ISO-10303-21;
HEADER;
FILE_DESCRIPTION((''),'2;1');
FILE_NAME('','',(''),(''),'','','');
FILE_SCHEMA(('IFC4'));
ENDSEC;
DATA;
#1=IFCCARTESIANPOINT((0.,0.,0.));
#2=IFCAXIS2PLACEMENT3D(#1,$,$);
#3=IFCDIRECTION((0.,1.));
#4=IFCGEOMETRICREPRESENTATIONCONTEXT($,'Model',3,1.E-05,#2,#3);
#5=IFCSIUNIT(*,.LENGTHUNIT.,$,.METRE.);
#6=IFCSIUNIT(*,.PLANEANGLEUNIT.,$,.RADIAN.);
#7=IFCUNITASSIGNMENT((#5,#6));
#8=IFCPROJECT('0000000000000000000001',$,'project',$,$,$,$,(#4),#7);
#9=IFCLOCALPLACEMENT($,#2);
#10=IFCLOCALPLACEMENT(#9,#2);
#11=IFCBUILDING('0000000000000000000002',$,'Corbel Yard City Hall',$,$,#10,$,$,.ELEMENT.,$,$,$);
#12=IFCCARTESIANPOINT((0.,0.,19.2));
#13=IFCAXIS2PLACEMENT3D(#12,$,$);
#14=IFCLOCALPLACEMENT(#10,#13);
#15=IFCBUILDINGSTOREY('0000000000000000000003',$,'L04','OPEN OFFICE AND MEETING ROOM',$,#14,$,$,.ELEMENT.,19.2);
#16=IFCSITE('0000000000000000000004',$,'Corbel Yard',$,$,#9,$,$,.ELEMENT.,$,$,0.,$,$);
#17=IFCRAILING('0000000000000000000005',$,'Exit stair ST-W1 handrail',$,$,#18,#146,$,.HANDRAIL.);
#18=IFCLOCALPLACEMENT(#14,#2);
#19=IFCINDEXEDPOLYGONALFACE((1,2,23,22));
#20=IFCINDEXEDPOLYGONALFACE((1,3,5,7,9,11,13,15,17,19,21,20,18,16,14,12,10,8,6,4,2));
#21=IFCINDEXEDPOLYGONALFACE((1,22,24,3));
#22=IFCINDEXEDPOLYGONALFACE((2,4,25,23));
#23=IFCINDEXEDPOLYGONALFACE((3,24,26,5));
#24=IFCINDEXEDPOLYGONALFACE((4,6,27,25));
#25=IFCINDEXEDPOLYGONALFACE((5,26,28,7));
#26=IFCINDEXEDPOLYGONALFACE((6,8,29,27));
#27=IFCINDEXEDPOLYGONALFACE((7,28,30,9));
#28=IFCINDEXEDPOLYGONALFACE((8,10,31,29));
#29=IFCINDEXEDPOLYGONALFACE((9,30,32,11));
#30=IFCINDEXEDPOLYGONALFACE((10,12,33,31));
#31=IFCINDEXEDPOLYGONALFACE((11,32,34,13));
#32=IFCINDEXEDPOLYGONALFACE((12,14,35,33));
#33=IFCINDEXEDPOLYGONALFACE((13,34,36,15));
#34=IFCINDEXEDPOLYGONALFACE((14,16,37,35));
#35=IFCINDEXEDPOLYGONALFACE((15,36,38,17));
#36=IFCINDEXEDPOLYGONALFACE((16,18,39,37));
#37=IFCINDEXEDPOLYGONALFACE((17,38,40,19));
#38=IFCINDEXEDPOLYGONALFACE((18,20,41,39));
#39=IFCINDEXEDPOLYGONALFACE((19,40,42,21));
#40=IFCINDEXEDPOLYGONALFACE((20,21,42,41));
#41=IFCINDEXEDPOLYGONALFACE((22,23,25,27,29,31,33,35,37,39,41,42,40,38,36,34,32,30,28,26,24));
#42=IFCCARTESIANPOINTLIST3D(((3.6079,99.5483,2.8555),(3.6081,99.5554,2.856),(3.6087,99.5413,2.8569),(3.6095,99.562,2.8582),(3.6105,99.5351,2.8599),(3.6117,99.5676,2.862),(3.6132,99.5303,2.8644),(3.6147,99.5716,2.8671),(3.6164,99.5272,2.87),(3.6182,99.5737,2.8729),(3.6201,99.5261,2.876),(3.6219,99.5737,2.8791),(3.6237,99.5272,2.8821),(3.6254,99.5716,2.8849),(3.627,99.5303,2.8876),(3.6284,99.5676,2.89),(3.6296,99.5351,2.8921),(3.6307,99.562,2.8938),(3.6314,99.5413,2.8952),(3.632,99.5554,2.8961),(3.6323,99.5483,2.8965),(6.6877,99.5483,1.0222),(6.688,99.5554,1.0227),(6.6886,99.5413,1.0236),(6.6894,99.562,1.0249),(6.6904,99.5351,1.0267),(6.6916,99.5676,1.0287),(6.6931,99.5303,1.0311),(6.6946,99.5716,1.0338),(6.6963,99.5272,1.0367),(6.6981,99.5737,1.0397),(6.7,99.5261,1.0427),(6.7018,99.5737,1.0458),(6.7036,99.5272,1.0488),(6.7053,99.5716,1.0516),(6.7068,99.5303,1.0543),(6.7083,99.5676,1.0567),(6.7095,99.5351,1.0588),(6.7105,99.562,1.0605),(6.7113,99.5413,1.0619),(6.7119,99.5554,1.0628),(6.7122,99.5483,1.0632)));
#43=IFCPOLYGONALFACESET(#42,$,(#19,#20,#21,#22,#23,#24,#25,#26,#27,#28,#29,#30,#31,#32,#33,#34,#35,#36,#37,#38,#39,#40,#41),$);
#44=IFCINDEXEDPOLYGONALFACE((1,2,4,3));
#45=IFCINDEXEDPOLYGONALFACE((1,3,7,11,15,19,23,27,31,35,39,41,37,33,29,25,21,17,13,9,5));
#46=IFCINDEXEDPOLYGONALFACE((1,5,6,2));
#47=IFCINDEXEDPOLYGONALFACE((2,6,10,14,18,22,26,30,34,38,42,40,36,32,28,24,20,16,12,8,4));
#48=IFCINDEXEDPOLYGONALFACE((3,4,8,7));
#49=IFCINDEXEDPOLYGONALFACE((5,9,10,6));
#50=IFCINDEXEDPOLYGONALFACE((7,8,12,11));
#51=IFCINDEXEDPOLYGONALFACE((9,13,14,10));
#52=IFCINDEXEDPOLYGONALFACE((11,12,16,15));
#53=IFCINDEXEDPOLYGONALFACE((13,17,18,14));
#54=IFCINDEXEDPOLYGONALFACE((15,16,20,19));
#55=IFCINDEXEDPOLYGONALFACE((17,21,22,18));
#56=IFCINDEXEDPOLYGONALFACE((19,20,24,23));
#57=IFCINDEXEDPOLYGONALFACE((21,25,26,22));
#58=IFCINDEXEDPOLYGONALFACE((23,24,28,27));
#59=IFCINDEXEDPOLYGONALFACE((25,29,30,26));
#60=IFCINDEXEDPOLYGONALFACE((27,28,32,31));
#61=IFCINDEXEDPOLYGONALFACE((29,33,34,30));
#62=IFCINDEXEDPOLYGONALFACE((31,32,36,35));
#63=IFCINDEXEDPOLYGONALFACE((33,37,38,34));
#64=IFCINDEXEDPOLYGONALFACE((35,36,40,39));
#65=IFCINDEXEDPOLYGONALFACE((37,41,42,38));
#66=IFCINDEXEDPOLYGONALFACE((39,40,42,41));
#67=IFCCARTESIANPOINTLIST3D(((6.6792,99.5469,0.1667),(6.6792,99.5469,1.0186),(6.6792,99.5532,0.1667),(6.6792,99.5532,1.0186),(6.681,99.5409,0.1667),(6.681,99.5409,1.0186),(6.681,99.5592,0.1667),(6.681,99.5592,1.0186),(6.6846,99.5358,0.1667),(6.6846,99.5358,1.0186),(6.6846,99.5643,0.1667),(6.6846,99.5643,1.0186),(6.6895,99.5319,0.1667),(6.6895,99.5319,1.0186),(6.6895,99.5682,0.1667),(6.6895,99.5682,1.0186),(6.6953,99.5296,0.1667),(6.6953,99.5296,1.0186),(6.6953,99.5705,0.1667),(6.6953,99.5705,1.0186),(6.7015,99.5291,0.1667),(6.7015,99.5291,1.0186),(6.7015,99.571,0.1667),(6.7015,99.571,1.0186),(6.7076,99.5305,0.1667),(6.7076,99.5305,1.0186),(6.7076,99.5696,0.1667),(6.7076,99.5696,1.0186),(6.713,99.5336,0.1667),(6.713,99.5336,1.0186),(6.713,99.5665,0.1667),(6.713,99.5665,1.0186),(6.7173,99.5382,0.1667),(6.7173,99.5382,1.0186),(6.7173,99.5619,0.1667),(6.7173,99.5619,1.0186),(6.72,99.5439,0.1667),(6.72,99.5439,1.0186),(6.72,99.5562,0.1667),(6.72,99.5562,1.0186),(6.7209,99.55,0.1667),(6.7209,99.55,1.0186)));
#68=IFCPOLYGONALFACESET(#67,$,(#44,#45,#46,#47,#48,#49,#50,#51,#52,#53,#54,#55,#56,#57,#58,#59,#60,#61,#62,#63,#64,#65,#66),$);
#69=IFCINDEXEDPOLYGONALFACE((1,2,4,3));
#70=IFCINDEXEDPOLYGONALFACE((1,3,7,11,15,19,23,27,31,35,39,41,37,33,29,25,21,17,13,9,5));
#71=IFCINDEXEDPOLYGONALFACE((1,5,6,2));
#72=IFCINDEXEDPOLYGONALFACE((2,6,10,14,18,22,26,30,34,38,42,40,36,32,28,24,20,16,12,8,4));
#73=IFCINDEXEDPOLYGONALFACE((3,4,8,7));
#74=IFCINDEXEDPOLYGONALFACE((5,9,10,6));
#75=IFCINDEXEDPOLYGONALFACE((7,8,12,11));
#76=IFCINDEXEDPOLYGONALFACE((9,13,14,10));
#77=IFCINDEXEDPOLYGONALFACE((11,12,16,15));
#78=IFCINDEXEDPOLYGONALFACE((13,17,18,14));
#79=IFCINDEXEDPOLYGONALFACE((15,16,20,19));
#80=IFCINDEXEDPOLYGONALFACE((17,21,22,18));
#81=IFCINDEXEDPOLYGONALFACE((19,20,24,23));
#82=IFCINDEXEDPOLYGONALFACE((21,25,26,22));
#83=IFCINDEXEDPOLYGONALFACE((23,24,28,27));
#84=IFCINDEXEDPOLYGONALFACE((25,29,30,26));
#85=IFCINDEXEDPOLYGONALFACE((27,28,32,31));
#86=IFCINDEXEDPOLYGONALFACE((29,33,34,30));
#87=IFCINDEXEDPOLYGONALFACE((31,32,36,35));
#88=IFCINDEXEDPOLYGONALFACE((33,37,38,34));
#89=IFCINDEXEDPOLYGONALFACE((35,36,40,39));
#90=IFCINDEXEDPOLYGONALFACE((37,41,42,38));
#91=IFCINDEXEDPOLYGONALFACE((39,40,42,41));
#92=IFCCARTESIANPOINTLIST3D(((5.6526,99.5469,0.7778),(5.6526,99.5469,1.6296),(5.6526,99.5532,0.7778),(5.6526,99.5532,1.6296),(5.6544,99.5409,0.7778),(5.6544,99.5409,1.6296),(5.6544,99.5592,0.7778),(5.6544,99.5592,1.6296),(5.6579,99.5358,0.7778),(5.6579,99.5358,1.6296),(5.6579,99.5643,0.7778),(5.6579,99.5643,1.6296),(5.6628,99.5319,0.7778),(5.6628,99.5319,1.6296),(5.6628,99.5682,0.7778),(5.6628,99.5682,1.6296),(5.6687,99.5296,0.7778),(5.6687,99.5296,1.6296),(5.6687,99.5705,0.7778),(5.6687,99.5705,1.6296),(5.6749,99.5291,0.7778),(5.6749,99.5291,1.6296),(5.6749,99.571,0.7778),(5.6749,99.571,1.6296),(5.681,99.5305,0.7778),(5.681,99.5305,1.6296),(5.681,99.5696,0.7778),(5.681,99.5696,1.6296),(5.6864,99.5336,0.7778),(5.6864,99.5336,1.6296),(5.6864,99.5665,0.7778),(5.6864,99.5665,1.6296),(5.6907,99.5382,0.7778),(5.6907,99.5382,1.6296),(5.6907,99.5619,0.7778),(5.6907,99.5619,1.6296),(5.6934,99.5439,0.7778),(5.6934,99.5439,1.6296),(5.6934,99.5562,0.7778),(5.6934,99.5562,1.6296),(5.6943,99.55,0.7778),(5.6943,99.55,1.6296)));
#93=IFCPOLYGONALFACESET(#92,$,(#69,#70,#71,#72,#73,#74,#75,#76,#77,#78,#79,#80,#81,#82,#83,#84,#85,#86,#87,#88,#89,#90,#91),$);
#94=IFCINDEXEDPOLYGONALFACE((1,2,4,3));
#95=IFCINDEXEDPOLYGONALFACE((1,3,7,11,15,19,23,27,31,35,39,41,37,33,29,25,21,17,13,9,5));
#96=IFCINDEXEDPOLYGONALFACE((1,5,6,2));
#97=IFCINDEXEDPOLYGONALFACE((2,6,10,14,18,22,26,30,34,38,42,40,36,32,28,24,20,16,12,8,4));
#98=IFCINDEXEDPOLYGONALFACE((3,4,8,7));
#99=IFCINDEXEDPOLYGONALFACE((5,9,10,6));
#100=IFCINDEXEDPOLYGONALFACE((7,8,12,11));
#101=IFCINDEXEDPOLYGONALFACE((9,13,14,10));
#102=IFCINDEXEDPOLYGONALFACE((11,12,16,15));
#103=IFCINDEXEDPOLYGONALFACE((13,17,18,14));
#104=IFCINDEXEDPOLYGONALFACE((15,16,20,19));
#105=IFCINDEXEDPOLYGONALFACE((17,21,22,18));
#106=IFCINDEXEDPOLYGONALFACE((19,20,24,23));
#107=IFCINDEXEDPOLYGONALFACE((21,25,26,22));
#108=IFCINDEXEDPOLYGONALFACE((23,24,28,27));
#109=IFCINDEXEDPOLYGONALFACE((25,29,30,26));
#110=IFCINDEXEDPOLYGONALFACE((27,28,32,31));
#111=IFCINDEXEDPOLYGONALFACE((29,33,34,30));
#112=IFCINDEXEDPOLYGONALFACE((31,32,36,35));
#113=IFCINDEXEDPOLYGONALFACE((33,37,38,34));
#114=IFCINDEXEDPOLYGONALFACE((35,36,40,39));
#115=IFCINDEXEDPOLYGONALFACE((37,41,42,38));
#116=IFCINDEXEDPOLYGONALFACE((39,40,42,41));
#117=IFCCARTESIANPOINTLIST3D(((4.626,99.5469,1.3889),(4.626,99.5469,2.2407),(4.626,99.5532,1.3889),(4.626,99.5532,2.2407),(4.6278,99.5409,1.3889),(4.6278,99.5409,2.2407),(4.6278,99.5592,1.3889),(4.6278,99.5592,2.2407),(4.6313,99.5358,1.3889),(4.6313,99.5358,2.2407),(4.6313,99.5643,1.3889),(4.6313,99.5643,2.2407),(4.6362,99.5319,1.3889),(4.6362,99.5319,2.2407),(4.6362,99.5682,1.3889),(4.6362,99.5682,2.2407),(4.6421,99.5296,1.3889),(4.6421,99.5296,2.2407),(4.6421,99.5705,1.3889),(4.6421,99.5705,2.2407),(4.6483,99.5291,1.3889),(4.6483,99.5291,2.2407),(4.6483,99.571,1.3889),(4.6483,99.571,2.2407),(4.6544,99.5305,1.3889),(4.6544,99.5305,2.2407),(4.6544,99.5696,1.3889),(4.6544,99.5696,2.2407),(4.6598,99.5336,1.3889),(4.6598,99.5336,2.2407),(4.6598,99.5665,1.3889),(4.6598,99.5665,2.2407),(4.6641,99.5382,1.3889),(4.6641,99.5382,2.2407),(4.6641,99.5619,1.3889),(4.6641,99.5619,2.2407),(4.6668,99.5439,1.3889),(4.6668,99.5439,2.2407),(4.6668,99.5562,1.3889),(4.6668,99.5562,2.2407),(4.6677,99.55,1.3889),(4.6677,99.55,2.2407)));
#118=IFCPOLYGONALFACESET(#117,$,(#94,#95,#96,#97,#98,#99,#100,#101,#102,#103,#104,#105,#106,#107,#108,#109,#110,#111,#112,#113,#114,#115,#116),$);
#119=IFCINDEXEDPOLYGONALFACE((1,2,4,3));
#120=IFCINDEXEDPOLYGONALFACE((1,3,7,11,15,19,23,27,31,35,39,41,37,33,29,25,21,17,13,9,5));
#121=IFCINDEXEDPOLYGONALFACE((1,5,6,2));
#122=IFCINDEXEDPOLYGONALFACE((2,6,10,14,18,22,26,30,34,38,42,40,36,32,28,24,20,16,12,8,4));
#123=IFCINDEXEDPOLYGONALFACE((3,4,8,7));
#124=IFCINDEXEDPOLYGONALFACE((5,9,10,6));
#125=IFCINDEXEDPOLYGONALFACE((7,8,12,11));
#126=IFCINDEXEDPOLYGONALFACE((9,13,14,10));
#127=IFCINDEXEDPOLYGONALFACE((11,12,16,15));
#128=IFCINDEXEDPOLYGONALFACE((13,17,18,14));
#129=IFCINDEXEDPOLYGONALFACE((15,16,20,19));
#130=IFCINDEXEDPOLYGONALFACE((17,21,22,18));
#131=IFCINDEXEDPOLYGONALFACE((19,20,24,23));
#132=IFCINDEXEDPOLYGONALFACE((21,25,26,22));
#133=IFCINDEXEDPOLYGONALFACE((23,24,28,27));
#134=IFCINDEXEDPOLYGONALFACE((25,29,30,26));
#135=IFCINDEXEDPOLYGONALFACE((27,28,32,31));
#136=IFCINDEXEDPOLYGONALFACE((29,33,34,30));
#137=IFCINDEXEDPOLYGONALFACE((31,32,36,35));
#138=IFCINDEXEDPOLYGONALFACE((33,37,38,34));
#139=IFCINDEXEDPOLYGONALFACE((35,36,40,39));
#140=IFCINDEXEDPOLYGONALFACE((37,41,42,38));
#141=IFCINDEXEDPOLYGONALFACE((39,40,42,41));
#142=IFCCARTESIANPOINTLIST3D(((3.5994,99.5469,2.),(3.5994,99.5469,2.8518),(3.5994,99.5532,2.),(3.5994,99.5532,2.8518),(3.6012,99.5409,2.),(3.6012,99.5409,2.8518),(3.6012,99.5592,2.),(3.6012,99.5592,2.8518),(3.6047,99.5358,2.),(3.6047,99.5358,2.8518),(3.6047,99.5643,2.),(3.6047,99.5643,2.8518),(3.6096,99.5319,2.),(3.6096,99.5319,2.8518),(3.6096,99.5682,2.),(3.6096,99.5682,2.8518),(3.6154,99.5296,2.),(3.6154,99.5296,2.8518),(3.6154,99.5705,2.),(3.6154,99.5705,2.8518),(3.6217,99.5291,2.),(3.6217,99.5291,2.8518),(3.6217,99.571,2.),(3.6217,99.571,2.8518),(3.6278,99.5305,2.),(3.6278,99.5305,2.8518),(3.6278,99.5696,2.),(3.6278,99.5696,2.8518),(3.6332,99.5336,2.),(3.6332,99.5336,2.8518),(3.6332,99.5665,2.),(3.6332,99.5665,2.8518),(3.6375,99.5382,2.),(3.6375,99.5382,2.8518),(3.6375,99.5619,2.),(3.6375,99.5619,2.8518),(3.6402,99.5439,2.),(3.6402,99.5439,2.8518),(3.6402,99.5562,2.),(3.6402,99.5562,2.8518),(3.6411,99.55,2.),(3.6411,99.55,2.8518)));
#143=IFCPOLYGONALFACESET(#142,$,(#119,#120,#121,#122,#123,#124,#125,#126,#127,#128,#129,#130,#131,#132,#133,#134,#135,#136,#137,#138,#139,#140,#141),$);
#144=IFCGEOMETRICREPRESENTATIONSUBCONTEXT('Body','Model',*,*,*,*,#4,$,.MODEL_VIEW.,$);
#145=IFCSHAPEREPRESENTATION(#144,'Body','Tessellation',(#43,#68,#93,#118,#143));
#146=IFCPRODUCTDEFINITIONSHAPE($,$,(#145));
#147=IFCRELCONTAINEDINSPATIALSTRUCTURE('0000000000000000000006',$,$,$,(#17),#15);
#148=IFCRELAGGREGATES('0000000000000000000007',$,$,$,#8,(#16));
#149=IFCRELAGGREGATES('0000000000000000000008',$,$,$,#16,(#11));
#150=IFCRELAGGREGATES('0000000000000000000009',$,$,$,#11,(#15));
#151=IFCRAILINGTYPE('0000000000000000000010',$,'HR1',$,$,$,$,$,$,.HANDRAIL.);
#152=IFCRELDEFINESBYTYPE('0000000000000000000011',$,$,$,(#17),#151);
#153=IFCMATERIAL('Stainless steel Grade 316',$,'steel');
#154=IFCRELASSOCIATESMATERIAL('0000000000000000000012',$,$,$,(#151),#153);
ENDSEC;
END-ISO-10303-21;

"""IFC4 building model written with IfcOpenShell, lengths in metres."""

from ifc_helpers import new_model, si_unit, direction, frame, origin, origin_2d, place, context, subcontext, project, spatial, circle, extrude, material, type_object, element, save


model = new_model("IFC4")

# Units and contexts
model_context = context("Model", 3, precision=1e-05, world=origin(), true_north=direction((0.0, 1.0)))
body_context = subcontext(model_context, "Body", "Model", "MODEL_VIEW")
ifc_project = project(units=[si_unit("LENGTHUNIT", "METRE"), si_unit("PLANEANGLEUNIT", "RADIAN")], contexts=[model_context])

# Site, building, storey
site_placement = place(None, origin())
site = spatial("IfcSite", under=ifc_project, at=site_placement, Name="Corbel Yard", CompositionType="ELEMENT", RefElevation=0.0)
building_placement = place(site_placement, origin())
building = spatial("IfcBuilding", under=site, at=building_placement, Name="Corbel Yard City Hall", CompositionType="ELEMENT")
storey_placement = place(building_placement, frame((0.0, 0.0, 19.2)))
storey = spatial("IfcBuildingStorey", under=building, at=storey_placement, Name="L04", Description="OPEN OFFICE AND MEETING ROOM", CompositionType="ELEMENT", Elevation=19.2)

# Railing
ifc_material_1 = material(Name="Stainless steel Grade 316", Category="steel")
railing_type = type_object("IfcRailingType", Name="HR1", PredefinedType="HANDRAIL", material=ifc_material_1)
for number, where, name in (
    (1, (6.7, 99.55, 0.1667), "Exit stair ST-W1 handrail"),
):
    element("IfcRailing", number, at=place(storey_placement, frame(where)), inside=storey, type_object=railing_type, Name=name, PredefinedType="HANDRAIL", context=body_context, shape_type="SweptSolid", body=[
        extrude(circle(Radius=0.0239, at=origin_2d()), frame((0.0, 0.0, 0.876), z_axis=(-0.859291, 0.0, 0.511487), x_axis=(0.0, -1.0, 0.0)), (0.0, 0.0, 1.0), 3.5842),
        extrude(circle(Radius=0.021, at=origin_2d()), origin(), (0.0, 0.0, 1.0), 0.8518),
        extrude(circle(Radius=0.021, at=origin_2d()), frame((-1.0266, 0.0, 0.6111)), (0.0, 0.0, 1.0), 0.8518),
        extrude(circle(Radius=0.021, at=origin_2d()), frame((-2.0532, 0.0, 1.2222)), (0.0, 0.0, 1.0), 0.8518),
        extrude(circle(Radius=0.021, at=origin_2d()), frame((-3.0798, 0.0, 1.8333)), (0.0, 0.0, 1.0), 0.8518),
    ])

save(model, "model.ifc")
